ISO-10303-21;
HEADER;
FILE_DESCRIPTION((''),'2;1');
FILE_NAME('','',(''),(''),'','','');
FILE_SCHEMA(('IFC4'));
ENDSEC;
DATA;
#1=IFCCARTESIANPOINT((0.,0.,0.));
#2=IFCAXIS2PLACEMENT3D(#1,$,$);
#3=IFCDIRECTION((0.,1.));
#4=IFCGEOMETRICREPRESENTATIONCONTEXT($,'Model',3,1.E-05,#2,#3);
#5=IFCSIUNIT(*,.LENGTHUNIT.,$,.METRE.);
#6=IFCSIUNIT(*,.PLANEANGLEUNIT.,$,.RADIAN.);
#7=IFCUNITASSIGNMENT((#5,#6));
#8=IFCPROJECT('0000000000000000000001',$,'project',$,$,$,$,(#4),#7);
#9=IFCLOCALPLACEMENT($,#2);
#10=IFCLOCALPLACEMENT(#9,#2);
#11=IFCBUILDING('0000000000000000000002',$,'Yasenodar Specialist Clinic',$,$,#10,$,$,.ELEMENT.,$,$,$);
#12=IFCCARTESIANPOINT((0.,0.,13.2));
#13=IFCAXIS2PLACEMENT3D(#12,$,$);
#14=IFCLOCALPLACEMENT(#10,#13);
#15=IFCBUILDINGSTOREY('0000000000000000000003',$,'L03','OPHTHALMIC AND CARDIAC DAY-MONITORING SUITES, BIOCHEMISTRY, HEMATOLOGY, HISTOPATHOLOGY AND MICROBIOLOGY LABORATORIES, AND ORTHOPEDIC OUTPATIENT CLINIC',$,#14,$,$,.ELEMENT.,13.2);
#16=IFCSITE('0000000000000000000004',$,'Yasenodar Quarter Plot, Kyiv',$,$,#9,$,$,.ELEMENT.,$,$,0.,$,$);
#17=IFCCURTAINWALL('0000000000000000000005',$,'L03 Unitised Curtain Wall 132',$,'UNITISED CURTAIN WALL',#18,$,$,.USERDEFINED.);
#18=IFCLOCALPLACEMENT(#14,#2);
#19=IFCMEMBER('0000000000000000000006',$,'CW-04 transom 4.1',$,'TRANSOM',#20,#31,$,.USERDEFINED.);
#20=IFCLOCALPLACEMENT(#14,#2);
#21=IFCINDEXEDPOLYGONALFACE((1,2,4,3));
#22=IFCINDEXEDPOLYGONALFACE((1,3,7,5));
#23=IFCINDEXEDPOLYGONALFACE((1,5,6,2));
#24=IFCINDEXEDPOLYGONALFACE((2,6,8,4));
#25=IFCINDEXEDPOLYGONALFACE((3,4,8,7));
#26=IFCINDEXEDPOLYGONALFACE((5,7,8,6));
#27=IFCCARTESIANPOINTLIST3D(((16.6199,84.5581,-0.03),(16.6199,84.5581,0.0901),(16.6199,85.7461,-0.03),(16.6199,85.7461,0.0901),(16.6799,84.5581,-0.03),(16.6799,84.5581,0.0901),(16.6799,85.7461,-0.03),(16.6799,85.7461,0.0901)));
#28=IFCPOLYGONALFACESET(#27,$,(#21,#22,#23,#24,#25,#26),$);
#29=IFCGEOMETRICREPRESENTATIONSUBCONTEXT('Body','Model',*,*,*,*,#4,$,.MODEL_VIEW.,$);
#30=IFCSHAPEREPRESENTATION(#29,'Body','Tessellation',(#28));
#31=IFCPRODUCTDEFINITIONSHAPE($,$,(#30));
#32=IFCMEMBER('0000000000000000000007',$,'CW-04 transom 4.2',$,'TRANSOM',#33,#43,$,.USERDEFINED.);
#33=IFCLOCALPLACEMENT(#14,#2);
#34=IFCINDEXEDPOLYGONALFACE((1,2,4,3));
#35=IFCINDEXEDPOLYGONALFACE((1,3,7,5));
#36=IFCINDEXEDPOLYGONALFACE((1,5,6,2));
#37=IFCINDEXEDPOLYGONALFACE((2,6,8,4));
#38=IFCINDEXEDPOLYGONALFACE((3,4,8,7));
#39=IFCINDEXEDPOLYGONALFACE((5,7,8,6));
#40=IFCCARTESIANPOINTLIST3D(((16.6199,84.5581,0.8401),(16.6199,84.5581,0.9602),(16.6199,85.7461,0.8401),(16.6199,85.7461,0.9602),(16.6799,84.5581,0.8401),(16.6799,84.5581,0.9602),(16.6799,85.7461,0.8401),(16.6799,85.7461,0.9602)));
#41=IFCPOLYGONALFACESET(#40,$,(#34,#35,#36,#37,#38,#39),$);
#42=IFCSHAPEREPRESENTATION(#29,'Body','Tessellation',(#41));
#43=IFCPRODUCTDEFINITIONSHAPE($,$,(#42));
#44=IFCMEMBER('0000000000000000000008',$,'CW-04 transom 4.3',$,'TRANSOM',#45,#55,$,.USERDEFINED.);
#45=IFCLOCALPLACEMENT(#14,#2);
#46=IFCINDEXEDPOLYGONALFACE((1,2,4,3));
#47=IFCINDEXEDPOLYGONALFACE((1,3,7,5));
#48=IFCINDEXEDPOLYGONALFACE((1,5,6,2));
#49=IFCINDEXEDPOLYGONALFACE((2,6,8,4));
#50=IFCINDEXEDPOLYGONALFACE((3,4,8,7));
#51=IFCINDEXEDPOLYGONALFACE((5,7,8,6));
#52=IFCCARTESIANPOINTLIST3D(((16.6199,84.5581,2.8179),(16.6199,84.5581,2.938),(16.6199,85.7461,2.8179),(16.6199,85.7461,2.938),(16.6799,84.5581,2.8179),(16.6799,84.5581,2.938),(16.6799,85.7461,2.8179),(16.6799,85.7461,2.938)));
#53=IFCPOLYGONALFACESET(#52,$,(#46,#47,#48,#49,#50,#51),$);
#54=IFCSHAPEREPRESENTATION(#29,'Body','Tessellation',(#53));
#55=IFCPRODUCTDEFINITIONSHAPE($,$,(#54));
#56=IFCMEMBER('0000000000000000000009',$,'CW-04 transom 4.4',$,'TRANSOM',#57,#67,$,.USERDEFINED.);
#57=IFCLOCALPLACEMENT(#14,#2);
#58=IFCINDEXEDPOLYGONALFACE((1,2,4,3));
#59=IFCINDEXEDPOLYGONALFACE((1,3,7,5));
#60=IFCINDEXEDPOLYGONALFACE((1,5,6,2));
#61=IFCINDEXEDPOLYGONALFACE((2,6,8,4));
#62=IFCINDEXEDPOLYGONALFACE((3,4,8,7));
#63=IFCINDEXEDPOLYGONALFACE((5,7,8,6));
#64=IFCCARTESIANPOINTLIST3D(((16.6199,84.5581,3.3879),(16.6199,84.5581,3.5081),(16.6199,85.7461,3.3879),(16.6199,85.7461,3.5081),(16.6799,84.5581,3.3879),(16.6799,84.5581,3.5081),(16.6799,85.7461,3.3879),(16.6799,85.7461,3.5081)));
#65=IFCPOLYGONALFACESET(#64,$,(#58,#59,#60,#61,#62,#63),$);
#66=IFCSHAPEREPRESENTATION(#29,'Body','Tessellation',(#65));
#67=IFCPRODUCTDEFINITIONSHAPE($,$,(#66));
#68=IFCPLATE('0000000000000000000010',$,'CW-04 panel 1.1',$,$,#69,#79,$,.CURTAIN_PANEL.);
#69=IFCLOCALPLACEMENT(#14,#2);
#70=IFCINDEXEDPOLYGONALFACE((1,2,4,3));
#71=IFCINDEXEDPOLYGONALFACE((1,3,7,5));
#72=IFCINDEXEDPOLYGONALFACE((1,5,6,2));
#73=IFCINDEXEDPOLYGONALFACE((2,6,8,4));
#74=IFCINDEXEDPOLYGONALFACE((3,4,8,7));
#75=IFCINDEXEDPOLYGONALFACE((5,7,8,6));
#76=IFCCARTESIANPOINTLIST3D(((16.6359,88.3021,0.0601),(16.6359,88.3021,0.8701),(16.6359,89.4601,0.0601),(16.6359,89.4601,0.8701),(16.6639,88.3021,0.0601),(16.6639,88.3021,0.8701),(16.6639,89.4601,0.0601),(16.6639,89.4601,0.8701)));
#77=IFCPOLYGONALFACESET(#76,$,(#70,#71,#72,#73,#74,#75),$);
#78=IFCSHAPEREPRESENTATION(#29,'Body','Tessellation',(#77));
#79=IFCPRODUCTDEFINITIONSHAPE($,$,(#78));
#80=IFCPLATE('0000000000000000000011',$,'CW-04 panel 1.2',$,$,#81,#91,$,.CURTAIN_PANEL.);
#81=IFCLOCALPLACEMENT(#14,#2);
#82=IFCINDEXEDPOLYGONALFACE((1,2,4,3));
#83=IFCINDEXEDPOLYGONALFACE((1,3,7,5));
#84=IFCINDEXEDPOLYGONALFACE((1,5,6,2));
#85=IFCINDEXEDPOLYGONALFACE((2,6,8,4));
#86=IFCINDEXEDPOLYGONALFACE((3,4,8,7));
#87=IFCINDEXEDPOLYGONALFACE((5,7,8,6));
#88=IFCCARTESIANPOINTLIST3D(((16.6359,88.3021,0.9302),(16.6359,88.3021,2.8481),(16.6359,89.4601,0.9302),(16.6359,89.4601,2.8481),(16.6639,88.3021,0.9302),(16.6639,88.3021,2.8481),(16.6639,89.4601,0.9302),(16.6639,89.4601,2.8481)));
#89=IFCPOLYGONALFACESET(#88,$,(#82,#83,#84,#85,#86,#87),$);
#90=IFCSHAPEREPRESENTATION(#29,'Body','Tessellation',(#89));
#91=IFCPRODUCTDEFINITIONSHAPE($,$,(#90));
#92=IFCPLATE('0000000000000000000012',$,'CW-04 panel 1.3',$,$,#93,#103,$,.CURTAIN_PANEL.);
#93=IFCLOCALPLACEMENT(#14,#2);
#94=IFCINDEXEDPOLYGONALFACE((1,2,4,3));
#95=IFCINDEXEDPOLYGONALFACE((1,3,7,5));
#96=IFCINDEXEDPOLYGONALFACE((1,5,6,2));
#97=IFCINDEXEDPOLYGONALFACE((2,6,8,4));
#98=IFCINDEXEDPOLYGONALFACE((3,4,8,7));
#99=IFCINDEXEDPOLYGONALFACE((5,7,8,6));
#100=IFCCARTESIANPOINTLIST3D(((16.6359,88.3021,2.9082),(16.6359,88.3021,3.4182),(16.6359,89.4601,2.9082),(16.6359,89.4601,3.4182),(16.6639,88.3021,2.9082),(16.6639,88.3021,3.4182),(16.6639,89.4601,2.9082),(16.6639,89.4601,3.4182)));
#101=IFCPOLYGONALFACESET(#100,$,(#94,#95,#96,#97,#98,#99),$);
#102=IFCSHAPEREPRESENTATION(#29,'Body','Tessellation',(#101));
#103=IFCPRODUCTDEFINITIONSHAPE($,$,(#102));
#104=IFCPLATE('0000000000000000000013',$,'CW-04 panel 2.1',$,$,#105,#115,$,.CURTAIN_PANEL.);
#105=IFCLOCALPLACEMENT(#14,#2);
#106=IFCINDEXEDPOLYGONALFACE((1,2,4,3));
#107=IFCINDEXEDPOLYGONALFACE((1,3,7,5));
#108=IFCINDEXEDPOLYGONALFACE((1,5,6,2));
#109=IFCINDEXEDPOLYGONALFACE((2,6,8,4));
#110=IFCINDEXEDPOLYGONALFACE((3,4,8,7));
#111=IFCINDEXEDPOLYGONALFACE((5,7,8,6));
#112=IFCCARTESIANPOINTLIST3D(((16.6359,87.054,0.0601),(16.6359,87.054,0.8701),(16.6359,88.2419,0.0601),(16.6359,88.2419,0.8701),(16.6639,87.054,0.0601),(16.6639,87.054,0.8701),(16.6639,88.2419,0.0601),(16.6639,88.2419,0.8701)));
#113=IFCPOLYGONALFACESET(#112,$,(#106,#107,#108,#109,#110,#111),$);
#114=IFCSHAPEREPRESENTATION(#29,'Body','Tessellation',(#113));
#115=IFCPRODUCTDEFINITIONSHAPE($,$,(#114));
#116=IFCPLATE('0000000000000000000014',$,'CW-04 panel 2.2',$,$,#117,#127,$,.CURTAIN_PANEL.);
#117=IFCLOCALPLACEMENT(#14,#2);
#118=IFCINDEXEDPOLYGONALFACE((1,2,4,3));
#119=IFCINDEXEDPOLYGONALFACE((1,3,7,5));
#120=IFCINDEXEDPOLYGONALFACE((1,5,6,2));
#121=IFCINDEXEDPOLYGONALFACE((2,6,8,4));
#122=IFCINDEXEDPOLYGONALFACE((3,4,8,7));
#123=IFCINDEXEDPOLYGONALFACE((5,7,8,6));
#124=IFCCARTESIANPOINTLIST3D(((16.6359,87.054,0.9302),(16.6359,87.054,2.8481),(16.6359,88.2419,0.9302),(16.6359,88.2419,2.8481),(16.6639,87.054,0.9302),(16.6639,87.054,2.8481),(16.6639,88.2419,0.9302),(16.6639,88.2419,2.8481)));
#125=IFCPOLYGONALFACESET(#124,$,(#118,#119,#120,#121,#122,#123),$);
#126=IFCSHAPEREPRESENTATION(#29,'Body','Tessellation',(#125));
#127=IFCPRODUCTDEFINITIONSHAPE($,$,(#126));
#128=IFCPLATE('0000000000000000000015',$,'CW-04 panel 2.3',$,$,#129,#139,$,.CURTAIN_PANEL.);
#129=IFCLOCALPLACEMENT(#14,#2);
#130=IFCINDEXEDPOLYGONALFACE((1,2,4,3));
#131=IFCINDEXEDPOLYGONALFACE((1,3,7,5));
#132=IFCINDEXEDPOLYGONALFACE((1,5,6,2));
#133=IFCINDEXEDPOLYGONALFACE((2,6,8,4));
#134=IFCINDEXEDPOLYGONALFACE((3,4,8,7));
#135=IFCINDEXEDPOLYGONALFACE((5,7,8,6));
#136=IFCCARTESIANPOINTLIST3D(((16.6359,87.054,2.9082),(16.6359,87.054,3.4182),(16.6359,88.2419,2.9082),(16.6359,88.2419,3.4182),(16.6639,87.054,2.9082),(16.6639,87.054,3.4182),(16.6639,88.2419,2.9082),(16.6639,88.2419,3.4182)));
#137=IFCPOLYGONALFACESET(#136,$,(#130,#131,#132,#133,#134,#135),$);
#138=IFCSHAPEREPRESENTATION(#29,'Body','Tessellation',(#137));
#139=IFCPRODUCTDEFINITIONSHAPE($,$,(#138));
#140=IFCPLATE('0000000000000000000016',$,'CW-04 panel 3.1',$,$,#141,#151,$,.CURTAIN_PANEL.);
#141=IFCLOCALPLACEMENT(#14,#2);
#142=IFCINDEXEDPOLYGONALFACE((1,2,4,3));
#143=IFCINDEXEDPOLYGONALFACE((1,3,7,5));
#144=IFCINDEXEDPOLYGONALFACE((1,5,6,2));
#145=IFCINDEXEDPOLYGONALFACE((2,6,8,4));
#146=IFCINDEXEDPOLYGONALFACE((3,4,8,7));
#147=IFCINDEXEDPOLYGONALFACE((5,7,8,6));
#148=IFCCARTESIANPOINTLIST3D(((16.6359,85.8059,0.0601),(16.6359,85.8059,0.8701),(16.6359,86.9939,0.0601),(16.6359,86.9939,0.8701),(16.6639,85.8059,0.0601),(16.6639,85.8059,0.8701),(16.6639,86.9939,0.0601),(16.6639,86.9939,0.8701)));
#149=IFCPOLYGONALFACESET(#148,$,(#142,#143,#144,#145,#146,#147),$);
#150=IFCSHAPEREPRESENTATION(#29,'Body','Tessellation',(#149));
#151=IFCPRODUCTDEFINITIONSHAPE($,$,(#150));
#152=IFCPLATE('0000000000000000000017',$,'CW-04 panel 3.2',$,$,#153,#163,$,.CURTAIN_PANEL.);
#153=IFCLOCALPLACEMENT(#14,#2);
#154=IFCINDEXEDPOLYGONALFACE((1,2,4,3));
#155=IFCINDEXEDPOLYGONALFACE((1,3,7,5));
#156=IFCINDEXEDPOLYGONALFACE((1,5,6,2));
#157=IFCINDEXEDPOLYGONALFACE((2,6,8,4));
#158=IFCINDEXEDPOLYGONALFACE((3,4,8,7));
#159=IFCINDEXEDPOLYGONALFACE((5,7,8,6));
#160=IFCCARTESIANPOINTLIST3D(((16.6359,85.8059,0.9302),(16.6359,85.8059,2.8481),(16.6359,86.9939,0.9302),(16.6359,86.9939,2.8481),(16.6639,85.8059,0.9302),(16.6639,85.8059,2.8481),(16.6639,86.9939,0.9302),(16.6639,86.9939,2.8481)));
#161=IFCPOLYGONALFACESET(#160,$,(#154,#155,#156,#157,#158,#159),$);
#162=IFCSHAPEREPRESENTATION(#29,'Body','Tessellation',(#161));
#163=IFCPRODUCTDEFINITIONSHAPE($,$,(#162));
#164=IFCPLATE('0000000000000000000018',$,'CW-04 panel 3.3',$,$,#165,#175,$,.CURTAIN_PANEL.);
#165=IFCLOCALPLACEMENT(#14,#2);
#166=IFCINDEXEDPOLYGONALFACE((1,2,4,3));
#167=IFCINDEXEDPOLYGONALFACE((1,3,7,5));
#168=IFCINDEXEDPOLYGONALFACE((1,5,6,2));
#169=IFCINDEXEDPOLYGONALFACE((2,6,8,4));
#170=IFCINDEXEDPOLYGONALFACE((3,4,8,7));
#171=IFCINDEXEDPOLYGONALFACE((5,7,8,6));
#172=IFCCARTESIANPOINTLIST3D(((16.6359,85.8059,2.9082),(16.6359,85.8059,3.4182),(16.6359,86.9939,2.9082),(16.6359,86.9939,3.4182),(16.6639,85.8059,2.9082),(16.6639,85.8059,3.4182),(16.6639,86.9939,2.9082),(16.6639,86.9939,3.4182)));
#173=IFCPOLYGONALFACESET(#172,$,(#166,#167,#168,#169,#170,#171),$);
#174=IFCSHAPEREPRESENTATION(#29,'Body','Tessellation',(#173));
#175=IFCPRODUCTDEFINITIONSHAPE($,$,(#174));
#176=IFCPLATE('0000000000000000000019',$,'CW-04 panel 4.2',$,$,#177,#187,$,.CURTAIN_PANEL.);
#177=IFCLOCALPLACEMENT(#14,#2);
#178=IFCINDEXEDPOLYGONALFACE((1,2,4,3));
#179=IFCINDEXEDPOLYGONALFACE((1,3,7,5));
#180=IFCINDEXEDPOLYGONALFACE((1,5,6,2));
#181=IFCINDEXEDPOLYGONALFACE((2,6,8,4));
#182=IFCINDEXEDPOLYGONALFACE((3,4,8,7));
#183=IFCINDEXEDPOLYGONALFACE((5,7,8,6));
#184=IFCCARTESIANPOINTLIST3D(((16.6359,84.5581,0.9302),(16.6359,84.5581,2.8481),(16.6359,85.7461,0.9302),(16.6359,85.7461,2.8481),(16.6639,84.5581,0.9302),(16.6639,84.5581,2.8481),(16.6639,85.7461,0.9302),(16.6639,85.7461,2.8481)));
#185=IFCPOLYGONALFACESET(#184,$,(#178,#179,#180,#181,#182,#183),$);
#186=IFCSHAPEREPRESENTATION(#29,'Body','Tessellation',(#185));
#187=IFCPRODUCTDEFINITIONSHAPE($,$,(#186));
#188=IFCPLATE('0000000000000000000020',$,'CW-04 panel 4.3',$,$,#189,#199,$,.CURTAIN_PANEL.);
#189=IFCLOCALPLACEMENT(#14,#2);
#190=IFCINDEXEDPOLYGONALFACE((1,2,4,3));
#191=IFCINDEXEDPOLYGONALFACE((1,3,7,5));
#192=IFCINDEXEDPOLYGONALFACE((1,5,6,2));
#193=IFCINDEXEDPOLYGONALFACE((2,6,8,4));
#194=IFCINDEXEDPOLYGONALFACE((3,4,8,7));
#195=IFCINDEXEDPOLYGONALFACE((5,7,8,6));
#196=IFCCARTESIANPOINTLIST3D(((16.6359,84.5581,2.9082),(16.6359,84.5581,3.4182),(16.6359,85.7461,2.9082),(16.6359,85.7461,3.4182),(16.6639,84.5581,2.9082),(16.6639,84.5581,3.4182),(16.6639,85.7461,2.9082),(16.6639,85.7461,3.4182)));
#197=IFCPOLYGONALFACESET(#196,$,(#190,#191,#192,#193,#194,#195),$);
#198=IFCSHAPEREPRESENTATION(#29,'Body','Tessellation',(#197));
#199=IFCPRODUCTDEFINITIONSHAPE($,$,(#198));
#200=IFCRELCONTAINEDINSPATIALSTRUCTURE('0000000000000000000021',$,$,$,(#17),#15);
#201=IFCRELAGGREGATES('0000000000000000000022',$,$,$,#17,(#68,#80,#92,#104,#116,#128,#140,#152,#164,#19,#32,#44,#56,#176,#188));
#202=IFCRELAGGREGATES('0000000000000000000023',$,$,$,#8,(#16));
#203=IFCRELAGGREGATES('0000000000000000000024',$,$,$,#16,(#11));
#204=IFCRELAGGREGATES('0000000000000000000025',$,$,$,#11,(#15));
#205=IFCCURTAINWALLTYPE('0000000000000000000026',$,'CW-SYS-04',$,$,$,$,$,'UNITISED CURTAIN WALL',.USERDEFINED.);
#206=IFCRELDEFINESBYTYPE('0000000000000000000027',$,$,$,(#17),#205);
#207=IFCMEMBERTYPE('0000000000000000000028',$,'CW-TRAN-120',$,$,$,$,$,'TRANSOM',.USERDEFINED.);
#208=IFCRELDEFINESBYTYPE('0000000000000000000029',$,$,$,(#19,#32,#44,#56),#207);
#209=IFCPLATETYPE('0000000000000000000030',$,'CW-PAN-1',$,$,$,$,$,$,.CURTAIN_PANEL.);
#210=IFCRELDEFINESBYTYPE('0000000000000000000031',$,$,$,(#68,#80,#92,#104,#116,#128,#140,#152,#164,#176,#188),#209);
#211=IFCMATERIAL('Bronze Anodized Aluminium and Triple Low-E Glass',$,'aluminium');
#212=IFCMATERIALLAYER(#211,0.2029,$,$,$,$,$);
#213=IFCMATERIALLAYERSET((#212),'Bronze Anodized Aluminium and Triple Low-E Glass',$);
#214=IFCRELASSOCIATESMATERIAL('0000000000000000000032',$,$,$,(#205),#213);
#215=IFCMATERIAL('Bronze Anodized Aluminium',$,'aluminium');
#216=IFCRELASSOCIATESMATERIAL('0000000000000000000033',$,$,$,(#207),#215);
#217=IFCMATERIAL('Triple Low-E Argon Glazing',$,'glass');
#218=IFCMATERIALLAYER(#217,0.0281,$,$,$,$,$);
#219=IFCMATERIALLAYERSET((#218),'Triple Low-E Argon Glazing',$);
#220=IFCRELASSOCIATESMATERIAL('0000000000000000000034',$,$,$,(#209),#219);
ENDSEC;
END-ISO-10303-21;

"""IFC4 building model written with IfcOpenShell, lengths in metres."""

from ifc_helpers import new_model, si_unit, direction, frame, origin, origin_2d, place, context, subcontext, project, spatial, rectangle, extrude, material, layer, layer_set, material_profile, profile_set, type_object, element, aggregate, save


model = new_model("IFC4")

# Units and contexts
model_context = context("Model", 3, precision=1e-05, world=origin(), true_north=direction((0.0, 1.0)))
body_context = subcontext(model_context, "Body", "Model", "MODEL_VIEW")
ifc_project = project(units=[si_unit("LENGTHUNIT", "METRE"), si_unit("PLANEANGLEUNIT", "RADIAN")], contexts=[model_context])

# Site, building, storey
site_placement = place(None, origin())
site = spatial("IfcSite", under=ifc_project, at=site_placement, Name="Yasenodar Quarter Plot, Kyiv", CompositionType="ELEMENT", RefElevation=0.0)
building_placement = place(site_placement, origin())
building = spatial("IfcBuilding", under=site, at=building_placement, Name="Yasenodar Specialist Clinic", CompositionType="ELEMENT")
storey_placement = place(building_placement, frame((0.0, 0.0, 13.2)))
storey = spatial("IfcBuildingStorey", under=building, at=storey_placement, Name="L03", Description="OPHTHALMIC AND CARDIAC DAY-MONITORING SUITES, BIOCHEMISTRY, HEMATOLOGY, HISTOPATHOLOGY AND MICROBIOLOGY LABORATORIES, AND ORTHOPEDIC OUTPATIENT CLINIC", CompositionType="ELEMENT", Elevation=13.2)

# Curtain wall, members, plates
ifc_material_1 = material(Name="Bronze Anodized Aluminium and Triple Low-E Glass", Category="aluminium")
ifc_layer_1 = layer(ifc_material_1, 0.2029)
ifc_layer_set_1 = layer_set([ifc_layer_1], Name="Bronze Anodized Aluminium and Triple Low-E Glass")
curtain_wall_type = type_object("IfcCurtainWallType", Name="CW-SYS-04", ElementType="UNITISED CURTAIN WALL", PredefinedType="USERDEFINED", material=ifc_layer_set_1)
curtain_wall_placement = place(storey_placement, origin())
curtain_wall = element("IfcCurtainWall", 1, at=curtain_wall_placement, inside=storey, type_object=curtain_wall_type, Name="L03 Unitised Curtain Wall 132", ObjectType="UNITISED CURTAIN WALL", PredefinedType="USERDEFINED")
ifc_material_2 = material(Name="Bronze Anodized Aluminium", Category="aluminium")
ifc_material_profile_1 = material_profile(ifc_material_2, rectangle(XDim=0.0601, YDim=0.1201, at=origin_2d()), Name="CW-TRAN 60x120")
ifc_profile_set_1 = profile_set([ifc_material_profile_1], Name="Bronze Anodized Aluminium")
member_type_1 = type_object("IfcMemberType", Name="CW-TRAN-120", ElementType="TRANSOM", PredefinedType="USERDEFINED", material=ifc_profile_set_1)
member_1_placement = place(storey_placement, frame((16.6499, 85.7461, 0.03), z_axis=(0.0, -1.0, 0.0), x_axis=(1.0, 0.0, 0.0)))
member_1 = element("IfcMember", 2, at=member_1_placement, type_object=member_type_1, Name="CW-04 transom 4.1", ObjectType="TRANSOM", PredefinedType="USERDEFINED", context=body_context, shape_type="SweptSolid", body=[
    extrude(rectangle(XDim=0.0601, YDim=0.1201, at=origin_2d()), origin(), (0.0, 0.0, 1.0), 1.188),
])
member_2_placement = place(storey_placement, frame((16.6499, 85.7461, 0.9001), z_axis=(0.0, -1.0, 0.0), x_axis=(1.0, 0.0, 0.0)))
member_2 = element("IfcMember", 3, at=member_2_placement, type_object=member_type_1, Name="CW-04 transom 4.2", ObjectType="TRANSOM", PredefinedType="USERDEFINED", context=body_context, shape_type="SweptSolid", body=[
    extrude(rectangle(XDim=0.0601, YDim=0.1201, at=origin_2d()), origin(), (0.0, 0.0, 1.0), 1.188),
])
member_3_placement = place(storey_placement, frame((16.6499, 85.7461, 2.8779), z_axis=(0.0, -1.0, 0.0), x_axis=(1.0, 0.0, 0.0)))
member_3 = element("IfcMember", 4, at=member_3_placement, type_object=member_type_1, Name="CW-04 transom 4.3", ObjectType="TRANSOM", PredefinedType="USERDEFINED", context=body_context, shape_type="SweptSolid", body=[
    extrude(rectangle(XDim=0.0601, YDim=0.1201, at=origin_2d()), origin(), (0.0, 0.0, 1.0), 1.188),
])
member_4_placement = place(storey_placement, frame((16.6499, 85.7461, 3.448), z_axis=(0.0, -1.0, 0.0), x_axis=(1.0, 0.0, 0.0)))
member_4 = element("IfcMember", 5, at=member_4_placement, type_object=member_type_1, Name="CW-04 transom 4.4", ObjectType="TRANSOM", PredefinedType="USERDEFINED", context=body_context, shape_type="SweptSolid", body=[
    extrude(rectangle(XDim=0.0601, YDim=0.1201, at=origin_2d()), origin(), (0.0, 0.0, 1.0), 1.188),
])
ifc_material_3 = material(Name="Triple Low-E Argon Glazing", Category="glass")
ifc_layer_2 = layer(ifc_material_3, 0.0281)
ifc_layer_set_2 = layer_set([ifc_layer_2], Name="Triple Low-E Argon Glazing")
plate_type = type_object("IfcPlateType", Name="CW-PAN-1", PredefinedType="CURTAIN_PANEL", material=ifc_layer_set_2)
plate_1_placement = place(storey_placement, frame((16.6499, 88.8811, 0.0601), z_axis=(0.0, 0.0, 1.0), x_axis=(0.0, -1.0, 0.0)))
plate_1 = element("IfcPlate", 6, at=plate_1_placement, type_object=plate_type, Name="CW-04 panel 1.1", PredefinedType="CURTAIN_PANEL", context=body_context, shape_type="SweptSolid", body=[
    extrude(rectangle(XDim=1.158, YDim=0.0281, at=origin_2d()), origin(), (0.0, 0.0, 1.0), 0.8101),
])
plate_2_placement = place(storey_placement, frame((16.6499, 88.8811, 0.9302), z_axis=(0.0, 0.0, 1.0), x_axis=(0.0, -1.0, 0.0)))
plate_2 = element("IfcPlate", 7, at=plate_2_placement, type_object=plate_type, Name="CW-04 panel 1.2", PredefinedType="CURTAIN_PANEL", context=body_context, shape_type="SweptSolid", body=[
    extrude(rectangle(XDim=1.158, YDim=0.0281, at=origin_2d()), origin(), (0.0, 0.0, 1.0), 1.918),
])
plate_3_placement = place(storey_placement, frame((16.6499, 88.8811, 2.9082), z_axis=(0.0, 0.0, 1.0), x_axis=(0.0, -1.0, 0.0)))
plate_3 = element("IfcPlate", 8, at=plate_3_placement, type_object=plate_type, Name="CW-04 panel 1.3", PredefinedType="CURTAIN_PANEL", context=body_context, shape_type="SweptSolid", body=[
    extrude(rectangle(XDim=1.158, YDim=0.0281, at=origin_2d()), origin(), (0.0, 0.0, 1.0), 0.51),
])
plate_4_placement = place(storey_placement, frame((16.6499, 87.6479, 0.0601), z_axis=(0.0, 0.0, 1.0), x_axis=(0.0, -1.0, 0.0)))
plate_4 = element("IfcPlate", 9, at=plate_4_placement, type_object=plate_type, Name="CW-04 panel 2.1", PredefinedType="CURTAIN_PANEL", context=body_context, shape_type="SweptSolid", body=[
    extrude(rectangle(XDim=1.188, YDim=0.0281, at=origin_2d()), origin(), (0.0, 0.0, 1.0), 0.8101),
])
plate_5_placement = place(storey_placement, frame((16.6499, 87.6479, 0.9302), z_axis=(0.0, 0.0, 1.0), x_axis=(0.0, -1.0, 0.0)))
plate_5 = element("IfcPlate", 10, at=plate_5_placement, type_object=plate_type, Name="CW-04 panel 2.2", PredefinedType="CURTAIN_PANEL", context=body_context, shape_type="SweptSolid", body=[
    extrude(rectangle(XDim=1.188, YDim=0.0281, at=origin_2d()), origin(), (0.0, 0.0, 1.0), 1.918),
])
plate_6_placement = place(storey_placement, frame((16.6499, 87.6479, 2.9082), z_axis=(0.0, 0.0, 1.0), x_axis=(0.0, -1.0, 0.0)))
plate_6 = element("IfcPlate", 11, at=plate_6_placement, type_object=plate_type, Name="CW-04 panel 2.3", PredefinedType="CURTAIN_PANEL", context=body_context, shape_type="SweptSolid", body=[
    extrude(rectangle(XDim=1.188, YDim=0.0281, at=origin_2d()), origin(), (0.0, 0.0, 1.0), 0.51),
])
plate_7_placement = place(storey_placement, frame((16.6499, 86.3999, 0.0601), z_axis=(0.0, 0.0, 1.0), x_axis=(0.0, -1.0, 0.0)))
plate_7 = element("IfcPlate", 12, at=plate_7_placement, type_object=plate_type, Name="CW-04 panel 3.1", PredefinedType="CURTAIN_PANEL", context=body_context, shape_type="SweptSolid", body=[
    extrude(rectangle(XDim=1.188, YDim=0.0281, at=origin_2d()), origin(), (0.0, 0.0, 1.0), 0.8101),
])
plate_8_placement = place(storey_placement, frame((16.6499, 86.3999, 0.9302), z_axis=(0.0, 0.0, 1.0), x_axis=(0.0, -1.0, 0.0)))
plate_8 = element("IfcPlate", 13, at=plate_8_placement, type_object=plate_type, Name="CW-04 panel 3.2", PredefinedType="CURTAIN_PANEL", context=body_context, shape_type="SweptSolid", body=[
    extrude(rectangle(XDim=1.188, YDim=0.0281, at=origin_2d()), origin(), (0.0, 0.0, 1.0), 1.918),
])
plate_9_placement = place(storey_placement, frame((16.6499, 86.3999, 2.9082), z_axis=(0.0, 0.0, 1.0), x_axis=(0.0, -1.0, 0.0)))
plate_9 = element("IfcPlate", 14, at=plate_9_placement, type_object=plate_type, Name="CW-04 panel 3.3", PredefinedType="CURTAIN_PANEL", context=body_context, shape_type="SweptSolid", body=[
    extrude(rectangle(XDim=1.188, YDim=0.0281, at=origin_2d()), origin(), (0.0, 0.0, 1.0), 0.51),
])
plate_10_placement = place(storey_placement, frame((16.6499, 85.1521, 0.9302), z_axis=(0.0, 0.0, 1.0), x_axis=(0.0, -1.0, 0.0)))
plate_10 = element("IfcPlate", 15, at=plate_10_placement, type_object=plate_type, Name="CW-04 panel 4.2", PredefinedType="CURTAIN_PANEL", context=body_context, shape_type="SweptSolid", body=[
    extrude(rectangle(XDim=1.188, YDim=0.0281, at=origin_2d()), origin(), (0.0, 0.0, 1.0), 1.918),
])
plate_11_placement = place(storey_placement, frame((16.6499, 85.1521, 2.9082), z_axis=(0.0, 0.0, 1.0), x_axis=(0.0, -1.0, 0.0)))
plate_11 = element("IfcPlate", 16, at=plate_11_placement, type_object=plate_type, Name="CW-04 panel 4.3", PredefinedType="CURTAIN_PANEL", context=body_context, shape_type="SweptSolid", body=[
    extrude(rectangle(XDim=1.188, YDim=0.0281, at=origin_2d()), origin(), (0.0, 0.0, 1.0), 0.51),
])
aggregate(curtain_wall, [plate_1, plate_2, plate_3, plate_4, plate_5, plate_6, plate_7, plate_8, plate_9, member_1, member_2, member_3, member_4, plate_10, plate_11])

save(model, "model.ifc")
